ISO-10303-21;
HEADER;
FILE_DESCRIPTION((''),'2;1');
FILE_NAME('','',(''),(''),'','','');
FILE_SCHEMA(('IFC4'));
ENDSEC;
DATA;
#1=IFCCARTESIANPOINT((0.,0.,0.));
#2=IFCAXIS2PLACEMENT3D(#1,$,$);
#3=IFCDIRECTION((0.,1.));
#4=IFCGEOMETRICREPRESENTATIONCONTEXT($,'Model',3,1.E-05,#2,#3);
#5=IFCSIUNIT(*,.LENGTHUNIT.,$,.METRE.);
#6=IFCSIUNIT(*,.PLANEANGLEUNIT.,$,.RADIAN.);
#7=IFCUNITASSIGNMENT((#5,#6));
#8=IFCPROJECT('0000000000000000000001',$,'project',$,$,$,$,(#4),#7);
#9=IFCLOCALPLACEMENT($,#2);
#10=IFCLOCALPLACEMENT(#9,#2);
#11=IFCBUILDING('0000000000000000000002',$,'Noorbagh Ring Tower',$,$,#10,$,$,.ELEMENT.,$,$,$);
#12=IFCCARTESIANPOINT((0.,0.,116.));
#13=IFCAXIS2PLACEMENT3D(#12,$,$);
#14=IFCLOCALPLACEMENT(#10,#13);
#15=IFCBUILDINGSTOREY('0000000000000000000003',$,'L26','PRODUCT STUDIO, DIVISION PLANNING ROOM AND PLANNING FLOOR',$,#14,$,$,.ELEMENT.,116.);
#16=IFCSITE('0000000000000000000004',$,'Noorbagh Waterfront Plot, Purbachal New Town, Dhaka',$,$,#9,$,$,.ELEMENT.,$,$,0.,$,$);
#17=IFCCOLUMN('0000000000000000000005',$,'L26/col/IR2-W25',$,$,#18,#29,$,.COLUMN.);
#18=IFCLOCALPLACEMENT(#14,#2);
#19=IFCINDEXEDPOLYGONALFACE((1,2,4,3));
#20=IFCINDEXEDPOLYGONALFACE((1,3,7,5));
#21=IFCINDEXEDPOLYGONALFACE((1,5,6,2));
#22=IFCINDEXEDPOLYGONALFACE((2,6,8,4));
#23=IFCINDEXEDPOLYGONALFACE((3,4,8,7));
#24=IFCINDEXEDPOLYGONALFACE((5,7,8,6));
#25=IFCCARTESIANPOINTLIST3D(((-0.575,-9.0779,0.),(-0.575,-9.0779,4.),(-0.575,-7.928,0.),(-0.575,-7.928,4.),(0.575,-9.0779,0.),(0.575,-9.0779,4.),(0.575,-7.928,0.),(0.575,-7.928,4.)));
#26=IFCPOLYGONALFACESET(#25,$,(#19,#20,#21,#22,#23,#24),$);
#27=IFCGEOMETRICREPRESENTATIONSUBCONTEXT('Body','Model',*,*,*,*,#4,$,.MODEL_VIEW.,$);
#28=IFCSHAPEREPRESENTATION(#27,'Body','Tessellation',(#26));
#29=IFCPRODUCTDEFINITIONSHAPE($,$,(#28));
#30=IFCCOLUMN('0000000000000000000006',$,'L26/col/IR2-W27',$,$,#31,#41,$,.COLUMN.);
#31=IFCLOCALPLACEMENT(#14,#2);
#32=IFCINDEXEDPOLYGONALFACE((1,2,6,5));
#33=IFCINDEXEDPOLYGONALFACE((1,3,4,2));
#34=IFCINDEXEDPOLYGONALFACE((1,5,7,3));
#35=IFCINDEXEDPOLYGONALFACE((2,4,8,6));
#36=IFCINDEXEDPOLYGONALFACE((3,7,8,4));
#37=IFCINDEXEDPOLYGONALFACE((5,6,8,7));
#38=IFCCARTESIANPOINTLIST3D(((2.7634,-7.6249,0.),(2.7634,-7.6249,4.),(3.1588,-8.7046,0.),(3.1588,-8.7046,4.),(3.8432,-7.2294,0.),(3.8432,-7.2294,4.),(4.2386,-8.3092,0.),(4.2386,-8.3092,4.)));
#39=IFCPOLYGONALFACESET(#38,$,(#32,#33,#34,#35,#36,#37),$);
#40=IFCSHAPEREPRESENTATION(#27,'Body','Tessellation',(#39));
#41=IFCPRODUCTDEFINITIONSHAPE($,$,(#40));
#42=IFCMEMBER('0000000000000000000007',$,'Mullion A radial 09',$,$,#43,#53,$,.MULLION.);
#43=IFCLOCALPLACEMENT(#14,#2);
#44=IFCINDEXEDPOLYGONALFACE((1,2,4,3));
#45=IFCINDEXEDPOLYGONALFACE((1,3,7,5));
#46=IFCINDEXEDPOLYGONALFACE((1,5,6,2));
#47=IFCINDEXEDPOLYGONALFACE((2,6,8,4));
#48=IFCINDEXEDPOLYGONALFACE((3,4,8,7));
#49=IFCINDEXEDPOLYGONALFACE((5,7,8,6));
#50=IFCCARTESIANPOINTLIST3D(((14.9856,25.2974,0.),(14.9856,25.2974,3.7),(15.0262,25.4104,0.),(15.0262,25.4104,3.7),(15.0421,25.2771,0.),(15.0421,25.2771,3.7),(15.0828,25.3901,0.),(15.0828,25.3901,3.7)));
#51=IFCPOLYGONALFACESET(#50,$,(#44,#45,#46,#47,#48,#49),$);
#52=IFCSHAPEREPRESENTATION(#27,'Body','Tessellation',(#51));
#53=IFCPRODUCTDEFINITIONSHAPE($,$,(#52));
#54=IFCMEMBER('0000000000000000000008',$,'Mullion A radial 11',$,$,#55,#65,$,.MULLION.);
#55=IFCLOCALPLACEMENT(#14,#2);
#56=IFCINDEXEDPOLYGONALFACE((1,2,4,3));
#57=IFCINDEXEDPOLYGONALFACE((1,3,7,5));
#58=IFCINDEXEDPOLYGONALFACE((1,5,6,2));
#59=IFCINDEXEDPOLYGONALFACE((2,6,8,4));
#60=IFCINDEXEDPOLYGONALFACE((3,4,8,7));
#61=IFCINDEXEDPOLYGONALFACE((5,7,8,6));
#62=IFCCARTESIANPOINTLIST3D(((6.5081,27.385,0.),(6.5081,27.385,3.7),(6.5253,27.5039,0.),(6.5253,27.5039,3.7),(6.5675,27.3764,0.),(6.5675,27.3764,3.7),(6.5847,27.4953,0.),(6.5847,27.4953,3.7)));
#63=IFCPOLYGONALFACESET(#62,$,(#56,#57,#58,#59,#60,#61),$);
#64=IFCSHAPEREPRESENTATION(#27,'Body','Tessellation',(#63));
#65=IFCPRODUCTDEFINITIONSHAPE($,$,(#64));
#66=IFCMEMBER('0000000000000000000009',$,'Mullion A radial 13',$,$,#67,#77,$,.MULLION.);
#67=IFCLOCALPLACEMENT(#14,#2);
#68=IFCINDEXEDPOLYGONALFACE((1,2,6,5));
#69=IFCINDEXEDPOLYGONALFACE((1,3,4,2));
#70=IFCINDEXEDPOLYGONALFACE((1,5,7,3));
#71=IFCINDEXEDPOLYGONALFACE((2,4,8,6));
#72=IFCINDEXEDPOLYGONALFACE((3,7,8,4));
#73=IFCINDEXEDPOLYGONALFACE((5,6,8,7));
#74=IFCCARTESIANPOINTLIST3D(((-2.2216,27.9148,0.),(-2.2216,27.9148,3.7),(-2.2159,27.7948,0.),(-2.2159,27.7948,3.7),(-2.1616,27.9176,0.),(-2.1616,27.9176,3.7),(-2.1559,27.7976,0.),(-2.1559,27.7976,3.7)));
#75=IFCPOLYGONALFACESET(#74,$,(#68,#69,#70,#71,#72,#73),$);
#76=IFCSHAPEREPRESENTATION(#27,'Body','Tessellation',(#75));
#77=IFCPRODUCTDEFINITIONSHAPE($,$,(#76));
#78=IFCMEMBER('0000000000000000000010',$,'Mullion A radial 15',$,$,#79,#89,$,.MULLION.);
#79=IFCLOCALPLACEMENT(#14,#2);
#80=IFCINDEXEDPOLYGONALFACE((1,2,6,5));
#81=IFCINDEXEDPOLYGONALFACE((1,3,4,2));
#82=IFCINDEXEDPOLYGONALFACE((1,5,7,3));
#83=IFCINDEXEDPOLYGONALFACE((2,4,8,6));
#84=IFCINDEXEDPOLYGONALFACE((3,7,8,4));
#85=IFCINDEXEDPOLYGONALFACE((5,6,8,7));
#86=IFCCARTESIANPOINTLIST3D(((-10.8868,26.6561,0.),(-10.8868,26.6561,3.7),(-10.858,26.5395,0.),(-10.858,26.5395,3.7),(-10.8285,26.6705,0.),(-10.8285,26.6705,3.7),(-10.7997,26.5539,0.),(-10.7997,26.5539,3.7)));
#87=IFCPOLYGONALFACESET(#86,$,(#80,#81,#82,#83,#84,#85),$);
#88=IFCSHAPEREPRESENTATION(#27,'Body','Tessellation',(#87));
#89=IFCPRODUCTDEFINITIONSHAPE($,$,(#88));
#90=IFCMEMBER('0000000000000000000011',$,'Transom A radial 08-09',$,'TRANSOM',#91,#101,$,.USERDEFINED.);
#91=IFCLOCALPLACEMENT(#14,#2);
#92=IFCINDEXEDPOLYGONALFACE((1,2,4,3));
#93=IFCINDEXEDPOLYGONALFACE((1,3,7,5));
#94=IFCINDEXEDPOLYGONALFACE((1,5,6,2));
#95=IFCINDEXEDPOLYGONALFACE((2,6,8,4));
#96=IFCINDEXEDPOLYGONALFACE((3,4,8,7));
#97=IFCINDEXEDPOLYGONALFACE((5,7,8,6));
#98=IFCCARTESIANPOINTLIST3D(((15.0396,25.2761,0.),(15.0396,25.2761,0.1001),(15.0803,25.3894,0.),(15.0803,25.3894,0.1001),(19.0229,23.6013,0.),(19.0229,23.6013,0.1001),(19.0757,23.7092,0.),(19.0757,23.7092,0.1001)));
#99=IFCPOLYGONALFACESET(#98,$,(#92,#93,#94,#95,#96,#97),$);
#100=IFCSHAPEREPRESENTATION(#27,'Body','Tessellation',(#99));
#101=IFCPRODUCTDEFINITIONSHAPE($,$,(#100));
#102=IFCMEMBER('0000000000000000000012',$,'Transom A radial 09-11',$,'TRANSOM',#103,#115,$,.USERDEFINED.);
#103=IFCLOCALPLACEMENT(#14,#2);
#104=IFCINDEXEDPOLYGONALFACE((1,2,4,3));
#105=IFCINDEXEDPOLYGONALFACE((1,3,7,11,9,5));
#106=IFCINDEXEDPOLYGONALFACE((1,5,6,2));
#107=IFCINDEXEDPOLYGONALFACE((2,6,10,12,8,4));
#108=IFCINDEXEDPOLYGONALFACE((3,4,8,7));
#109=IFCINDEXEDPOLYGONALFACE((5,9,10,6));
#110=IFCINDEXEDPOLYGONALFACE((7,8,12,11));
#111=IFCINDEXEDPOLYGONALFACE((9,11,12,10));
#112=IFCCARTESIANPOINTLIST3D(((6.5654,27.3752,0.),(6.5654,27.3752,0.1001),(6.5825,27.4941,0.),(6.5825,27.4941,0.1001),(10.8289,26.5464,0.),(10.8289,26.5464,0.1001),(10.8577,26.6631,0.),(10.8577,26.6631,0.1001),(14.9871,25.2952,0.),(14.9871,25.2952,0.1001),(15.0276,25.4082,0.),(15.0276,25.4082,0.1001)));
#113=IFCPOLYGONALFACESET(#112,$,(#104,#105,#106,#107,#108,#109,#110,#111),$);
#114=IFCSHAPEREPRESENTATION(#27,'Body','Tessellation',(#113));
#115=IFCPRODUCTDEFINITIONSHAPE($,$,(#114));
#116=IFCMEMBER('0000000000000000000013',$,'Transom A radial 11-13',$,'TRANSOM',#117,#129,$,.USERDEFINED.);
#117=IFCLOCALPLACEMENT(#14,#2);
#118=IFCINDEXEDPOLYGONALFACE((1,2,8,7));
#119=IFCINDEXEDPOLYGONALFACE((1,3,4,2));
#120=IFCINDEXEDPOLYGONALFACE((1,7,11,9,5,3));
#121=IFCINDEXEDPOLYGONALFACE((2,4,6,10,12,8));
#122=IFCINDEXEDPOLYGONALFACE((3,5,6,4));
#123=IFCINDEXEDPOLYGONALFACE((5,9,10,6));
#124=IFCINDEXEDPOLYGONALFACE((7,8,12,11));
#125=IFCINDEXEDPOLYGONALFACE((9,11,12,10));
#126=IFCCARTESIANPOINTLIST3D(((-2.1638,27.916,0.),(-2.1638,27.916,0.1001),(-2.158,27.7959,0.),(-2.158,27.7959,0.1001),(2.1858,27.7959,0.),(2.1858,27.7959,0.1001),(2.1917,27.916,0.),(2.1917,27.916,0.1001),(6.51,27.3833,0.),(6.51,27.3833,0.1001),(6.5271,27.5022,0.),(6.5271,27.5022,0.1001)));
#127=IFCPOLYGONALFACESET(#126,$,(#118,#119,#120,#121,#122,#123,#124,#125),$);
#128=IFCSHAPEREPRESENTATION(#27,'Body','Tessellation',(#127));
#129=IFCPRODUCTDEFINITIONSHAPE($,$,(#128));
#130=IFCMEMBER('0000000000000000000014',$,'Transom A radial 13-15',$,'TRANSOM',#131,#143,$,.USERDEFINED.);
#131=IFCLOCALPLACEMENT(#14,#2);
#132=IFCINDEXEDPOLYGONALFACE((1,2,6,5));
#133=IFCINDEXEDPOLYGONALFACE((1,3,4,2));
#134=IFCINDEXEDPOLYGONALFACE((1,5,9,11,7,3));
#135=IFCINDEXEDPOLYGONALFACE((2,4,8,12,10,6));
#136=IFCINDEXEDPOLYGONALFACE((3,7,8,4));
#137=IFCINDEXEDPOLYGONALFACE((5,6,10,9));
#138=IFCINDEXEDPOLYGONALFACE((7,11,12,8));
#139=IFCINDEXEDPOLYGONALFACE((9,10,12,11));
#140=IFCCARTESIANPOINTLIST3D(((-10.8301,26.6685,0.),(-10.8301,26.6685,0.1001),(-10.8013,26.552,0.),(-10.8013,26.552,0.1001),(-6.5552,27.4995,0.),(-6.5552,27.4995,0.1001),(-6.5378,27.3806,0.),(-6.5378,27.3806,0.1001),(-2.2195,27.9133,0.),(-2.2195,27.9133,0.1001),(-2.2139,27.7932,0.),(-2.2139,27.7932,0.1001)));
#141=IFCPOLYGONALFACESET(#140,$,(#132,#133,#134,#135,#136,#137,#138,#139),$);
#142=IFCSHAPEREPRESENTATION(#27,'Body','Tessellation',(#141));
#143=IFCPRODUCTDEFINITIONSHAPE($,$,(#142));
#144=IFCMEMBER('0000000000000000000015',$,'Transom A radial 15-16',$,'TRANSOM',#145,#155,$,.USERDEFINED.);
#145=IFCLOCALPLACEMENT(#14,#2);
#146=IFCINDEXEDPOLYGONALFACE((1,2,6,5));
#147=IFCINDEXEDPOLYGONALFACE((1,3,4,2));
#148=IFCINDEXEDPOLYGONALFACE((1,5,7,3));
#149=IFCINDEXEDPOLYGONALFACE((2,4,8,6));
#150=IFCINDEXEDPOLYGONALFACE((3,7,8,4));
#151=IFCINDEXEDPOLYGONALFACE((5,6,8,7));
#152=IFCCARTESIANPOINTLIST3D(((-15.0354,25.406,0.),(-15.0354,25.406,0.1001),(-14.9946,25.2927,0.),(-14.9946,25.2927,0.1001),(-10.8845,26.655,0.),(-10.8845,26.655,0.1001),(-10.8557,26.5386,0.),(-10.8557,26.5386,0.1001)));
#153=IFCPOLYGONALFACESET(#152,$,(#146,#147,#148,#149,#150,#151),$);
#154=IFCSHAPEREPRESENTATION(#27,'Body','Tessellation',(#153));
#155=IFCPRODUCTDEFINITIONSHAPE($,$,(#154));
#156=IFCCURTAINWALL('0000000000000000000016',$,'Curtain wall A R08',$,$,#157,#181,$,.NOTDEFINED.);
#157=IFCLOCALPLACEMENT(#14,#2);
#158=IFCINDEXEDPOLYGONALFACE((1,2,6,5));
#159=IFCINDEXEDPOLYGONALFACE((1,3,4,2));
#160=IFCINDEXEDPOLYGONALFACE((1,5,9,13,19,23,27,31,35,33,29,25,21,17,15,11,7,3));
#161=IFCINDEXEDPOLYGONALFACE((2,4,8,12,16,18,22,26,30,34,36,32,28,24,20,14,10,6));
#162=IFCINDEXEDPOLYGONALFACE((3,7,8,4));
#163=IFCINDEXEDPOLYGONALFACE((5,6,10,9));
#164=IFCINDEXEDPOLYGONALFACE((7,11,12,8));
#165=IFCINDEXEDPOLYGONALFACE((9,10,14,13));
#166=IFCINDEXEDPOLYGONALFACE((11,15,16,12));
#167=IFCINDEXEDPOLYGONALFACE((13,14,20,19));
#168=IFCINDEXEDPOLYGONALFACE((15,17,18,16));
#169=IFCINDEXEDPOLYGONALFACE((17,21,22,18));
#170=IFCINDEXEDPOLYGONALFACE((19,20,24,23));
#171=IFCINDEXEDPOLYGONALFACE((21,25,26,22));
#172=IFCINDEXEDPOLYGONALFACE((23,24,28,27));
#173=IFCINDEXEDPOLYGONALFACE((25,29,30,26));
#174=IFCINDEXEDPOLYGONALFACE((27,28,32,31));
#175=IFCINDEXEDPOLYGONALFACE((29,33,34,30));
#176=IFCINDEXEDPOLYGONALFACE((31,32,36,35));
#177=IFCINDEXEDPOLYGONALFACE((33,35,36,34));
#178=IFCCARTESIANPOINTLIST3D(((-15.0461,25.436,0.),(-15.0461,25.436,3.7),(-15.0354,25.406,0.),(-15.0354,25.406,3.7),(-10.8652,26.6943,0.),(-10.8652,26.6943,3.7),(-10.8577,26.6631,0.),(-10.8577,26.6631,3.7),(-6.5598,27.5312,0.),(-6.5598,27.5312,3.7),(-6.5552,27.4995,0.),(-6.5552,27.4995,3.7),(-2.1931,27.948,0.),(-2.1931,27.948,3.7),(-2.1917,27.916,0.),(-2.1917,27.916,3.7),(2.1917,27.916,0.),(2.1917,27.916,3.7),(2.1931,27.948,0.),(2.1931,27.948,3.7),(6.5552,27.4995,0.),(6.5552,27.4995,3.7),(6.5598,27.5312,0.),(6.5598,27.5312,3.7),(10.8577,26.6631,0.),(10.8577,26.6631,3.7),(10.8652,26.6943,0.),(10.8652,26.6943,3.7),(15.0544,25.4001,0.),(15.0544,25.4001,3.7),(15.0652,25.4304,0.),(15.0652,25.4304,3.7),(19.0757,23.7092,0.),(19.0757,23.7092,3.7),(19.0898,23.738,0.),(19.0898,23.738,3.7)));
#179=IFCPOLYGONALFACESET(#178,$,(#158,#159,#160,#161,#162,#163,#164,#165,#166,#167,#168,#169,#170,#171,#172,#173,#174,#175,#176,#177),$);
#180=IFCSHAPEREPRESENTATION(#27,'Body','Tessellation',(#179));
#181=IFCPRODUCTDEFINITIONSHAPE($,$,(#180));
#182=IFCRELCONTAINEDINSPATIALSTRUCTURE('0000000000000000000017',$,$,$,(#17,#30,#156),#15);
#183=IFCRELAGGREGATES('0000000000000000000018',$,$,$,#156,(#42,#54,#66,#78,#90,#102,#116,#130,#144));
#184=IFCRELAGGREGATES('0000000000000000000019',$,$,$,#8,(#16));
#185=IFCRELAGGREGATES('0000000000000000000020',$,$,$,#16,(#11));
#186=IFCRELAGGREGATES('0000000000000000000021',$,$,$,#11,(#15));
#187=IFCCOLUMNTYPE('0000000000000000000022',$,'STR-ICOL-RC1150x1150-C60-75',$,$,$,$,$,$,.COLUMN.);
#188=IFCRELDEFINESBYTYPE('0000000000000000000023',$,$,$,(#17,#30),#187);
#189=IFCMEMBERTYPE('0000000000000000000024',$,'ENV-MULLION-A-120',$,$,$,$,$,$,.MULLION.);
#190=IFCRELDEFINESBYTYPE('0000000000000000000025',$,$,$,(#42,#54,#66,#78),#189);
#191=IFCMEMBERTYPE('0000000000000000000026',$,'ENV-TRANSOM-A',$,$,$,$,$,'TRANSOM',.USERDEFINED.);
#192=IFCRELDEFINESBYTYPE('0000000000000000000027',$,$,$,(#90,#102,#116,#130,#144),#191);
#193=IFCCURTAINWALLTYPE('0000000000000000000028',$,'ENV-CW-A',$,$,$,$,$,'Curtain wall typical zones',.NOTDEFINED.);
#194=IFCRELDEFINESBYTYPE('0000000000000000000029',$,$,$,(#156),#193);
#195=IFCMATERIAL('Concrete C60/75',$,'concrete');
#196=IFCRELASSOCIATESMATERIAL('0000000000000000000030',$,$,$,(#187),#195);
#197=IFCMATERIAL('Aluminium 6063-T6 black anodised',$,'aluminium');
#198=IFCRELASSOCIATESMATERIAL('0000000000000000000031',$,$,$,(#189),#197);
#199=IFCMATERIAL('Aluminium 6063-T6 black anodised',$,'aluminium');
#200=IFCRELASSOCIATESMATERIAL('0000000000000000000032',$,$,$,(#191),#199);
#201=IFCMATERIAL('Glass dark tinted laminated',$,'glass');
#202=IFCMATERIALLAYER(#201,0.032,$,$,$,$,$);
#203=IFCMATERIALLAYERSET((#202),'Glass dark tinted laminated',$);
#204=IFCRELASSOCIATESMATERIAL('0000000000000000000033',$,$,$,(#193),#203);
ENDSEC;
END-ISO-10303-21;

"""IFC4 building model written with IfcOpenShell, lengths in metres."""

from ifc_helpers import new_model, si_unit, direction, frame, origin, origin_2d, place, context, subcontext, project, spatial, polyline, rectangle, outline, extrude, material, layer, layer_set, material_profile, profile_set, type_object, element, aggregate, save


model = new_model("IFC4")

# Units and contexts
model_context = context("Model", 3, precision=1e-05, world=origin(), true_north=direction((0.0, 1.0)))
body_context = subcontext(model_context, "Body", "Model", "MODEL_VIEW")
ifc_project = project(units=[si_unit("LENGTHUNIT", "METRE"), si_unit("PLANEANGLEUNIT", "RADIAN")], contexts=[model_context])

# Site, building, storey
site_placement = place(None, origin())
site = spatial("IfcSite", under=ifc_project, at=site_placement, Name="Noorbagh Waterfront Plot, Purbachal New Town, Dhaka", CompositionType="ELEMENT", RefElevation=0.0)
building_placement = place(site_placement, origin())
building = spatial("IfcBuilding", under=site, at=building_placement, Name="Noorbagh Ring Tower", CompositionType="ELEMENT")
storey_placement = place(building_placement, frame((0.0, 0.0, 116.0)))
storey = spatial("IfcBuildingStorey", under=building, at=storey_placement, Name="L26", Description="PRODUCT STUDIO, DIVISION PLANNING ROOM AND PLANNING FLOOR", CompositionType="ELEMENT", Elevation=116.0)

# Columns
ifc_material_1 = material(Name="Concrete C60/75", Category="concrete")
ifc_material_profile_1 = material_profile(ifc_material_1, rectangle(XDim=1.1499, YDim=1.1499, at=origin_2d()), Name="RC1150x1150")
ifc_profile_set_1 = profile_set([ifc_material_profile_1], Name="Concrete C60/75")
column_type = type_object("IfcColumnType", Name="STR-ICOL-RC1150x1150-C60-75", PredefinedType="COLUMN", material=ifc_profile_set_1)
for number, where, z_axis, x_axis, name in (
    (1, (0.0, -8.5029, 0.0), (0.0, 0.0, 1.0), (1.0, 0.0, 0.0), "L26/col/IR2-W25"),
    (2, (3.501, -7.967, 0.0), (0.0, 0.0, 1.0), (0.93902, 0.343864, 0.0), "L26/col/IR2-W27"),
):
    element("IfcColumn", number, at=place(storey_placement, frame(where, z_axis=z_axis, x_axis=x_axis)), inside=storey, type_object=column_type, Name=name, PredefinedType="COLUMN", context=body_context, shape_type="SweptSolid", body=[
        extrude(rectangle(XDim=1.1499, YDim=1.1499, at=origin_2d()), origin(), (0.0, 0.0, 1.0), 4.0),
    ])

# Members
ifc_material_2 = material(Name="Aluminium 6063-T6 black anodised", Category="aluminium")
ifc_material_profile_2 = material_profile(ifc_material_2, rectangle(XDim=0.1201, YDim=0.0601, at=origin_2d()), Name="120x60")
ifc_profile_set_2 = profile_set([ifc_material_profile_2], Name="Aluminium 6063-T6 black anodised")
member_type_1 = type_object("IfcMemberType", Name="ENV-MULLION-A-120", PredefinedType="MULLION", material=ifc_profile_set_2)
member_1_placement = place(storey_placement, frame((15.0342, 25.3438, 0.0), z_axis=(0.0, 0.0, 1.0), x_axis=(-0.338379, -0.94101, 0.0)))
member_1 = element("IfcMember", 3, at=member_1_placement, type_object=member_type_1, Name="Mullion A radial 09", PredefinedType="MULLION", context=body_context, shape_type="SweptSolid", body=[
    extrude(rectangle(XDim=0.1201, YDim=0.0601, at=origin_2d()), origin(), (0.0, 0.0, 1.0), 3.7),
])
member_2_placement = place(storey_placement, frame((6.5464, 27.4402, 0.0), z_axis=(0.0, 0.0, 1.0), x_axis=(-0.143082, -0.989711, 0.0)))
member_2 = element("IfcMember", 4, at=member_2_placement, type_object=member_type_1, Name="Mullion A radial 11", PredefinedType="MULLION", context=body_context, shape_type="SweptSolid", body=[
    extrude(rectangle(XDim=0.1201, YDim=0.0601, at=origin_2d()), origin(), (0.0, 0.0, 1.0), 3.7),
])
member_3_placement = place(storey_placement, frame((-2.1887, 27.8562, 0.0), z_axis=(0.0, 0.0, 1.0), x_axis=(0.047558, -0.998868, 0.0)))
member_3 = element("IfcMember", 5, at=member_3_placement, type_object=member_type_1, Name="Mullion A radial 13", PredefinedType="MULLION", context=body_context, shape_type="SweptSolid", body=[
    extrude(rectangle(XDim=0.1201, YDim=0.0601, at=origin_2d()), origin(), (0.0, 0.0, 1.0), 3.7),
])
member_4_placement = place(storey_placement, frame((-10.8433, 26.605, 0.0), z_axis=(0.0, 0.0, 1.0), x_axis=(0.239799, -0.970823, 0.0)))
member_4 = element("IfcMember", 6, at=member_4_placement, type_object=member_type_1, Name="Mullion A radial 15", PredefinedType="MULLION", context=body_context, shape_type="SweptSolid", body=[
    extrude(rectangle(XDim=0.1201, YDim=0.0601, at=origin_2d()), origin(), (0.0, 0.0, 1.0), 3.7),
])
ifc_material_3 = material(Name="Aluminium 6063-T6 black anodised", Category="aluminium")
member_type_2 = type_object("IfcMemberType", Name="ENV-TRANSOM-A", ElementType="TRANSOM", PredefinedType="USERDEFINED", material=ifc_material_3)
member_5_placement = place(storey_placement, origin())
member_5 = element("IfcMember", 7, at=member_5_placement, type_object=member_type_2, Name="Transom A radial 08-09", ObjectType="TRANSOM", PredefinedType="USERDEFINED", context=body_context, shape_type="SweptSolid", body=[
    extrude(outline(polyline([(19.0757, 23.7092), (15.0803, 25.3894), (15.0396, 25.2761), (19.0229, 23.6013), (19.0757, 23.7092)])), origin(), (0.0, 0.0, 1.0), 0.1001),
])
member_6_placement = place(storey_placement, origin())
member_6 = element("IfcMember", 8, at=member_6_placement, type_object=member_type_2, Name="Transom A radial 09-11", ObjectType="TRANSOM", PredefinedType="USERDEFINED", context=body_context, shape_type="SweptSolid", body=[
    extrude(outline(polyline([(15.0276, 25.4082), (10.8577, 26.6631), (6.5825, 27.4941), (6.5654, 27.3752), (10.8289, 26.5464), (14.9871, 25.2952), (15.0276, 25.4082)])), origin(), (0.0, 0.0, 1.0), 0.1001),
])
member_7_placement = place(storey_placement, origin())
member_7 = element("IfcMember", 9, at=member_7_placement, type_object=member_type_2, Name="Transom A radial 11-13", ObjectType="TRANSOM", PredefinedType="USERDEFINED", context=body_context, shape_type="SweptSolid", body=[
    extrude(outline(polyline([(6.5271, 27.5022), (2.1917, 27.916), (-2.1638, 27.916), (-2.158, 27.7959), (2.1858, 27.7959), (6.51, 27.3833), (6.5271, 27.5022)])), origin(), (0.0, 0.0, 1.0), 0.1001),
])
member_8_placement = place(storey_placement, origin())
member_8 = element("IfcMember", 10, at=member_8_placement, type_object=member_type_2, Name="Transom A radial 13-15", ObjectType="TRANSOM", PredefinedType="USERDEFINED", context=body_context, shape_type="SweptSolid", body=[
    extrude(outline(polyline([(-2.2195, 27.9133), (-6.5552, 27.4995), (-10.8301, 26.6685), (-10.8013, 26.552), (-6.5378, 27.3806), (-2.2139, 27.7932), (-2.2195, 27.9133)])), origin(), (0.0, 0.0, 1.0), 0.1001),
])
member_9_placement = place(storey_placement, origin())
member_9 = element("IfcMember", 11, at=member_9_placement, type_object=member_type_2, Name="Transom A radial 15-16", ObjectType="TRANSOM", PredefinedType="USERDEFINED", context=body_context, shape_type="SweptSolid", body=[
    extrude(outline(polyline([(-10.8845, 26.655), (-15.0354, 25.406), (-14.9946, 25.2927), (-10.8557, 26.5386), (-10.8845, 26.655)])), origin(), (0.0, 0.0, 1.0), 0.1001),
])

# Curtain wall
ifc_material_4 = material(Name="Glass dark tinted laminated", Category="glass")
ifc_layer_1 = layer(ifc_material_4, 0.032)
ifc_layer_set_1 = layer_set([ifc_layer_1], Name="Glass dark tinted laminated")
curtain_wall_type = type_object("IfcCurtainWallType", Name="ENV-CW-A", ElementType="Curtain wall typical zones", PredefinedType="NOTDEFINED", material=ifc_layer_set_1)
curtain_wall_1_placement = place(storey_placement, origin())
curtain_wall_1 = element("IfcCurtainWall", 12, at=curtain_wall_1_placement, inside=storey, type_object=curtain_wall_type, Name="Curtain wall A R08", PredefinedType="NOTDEFINED", context=body_context, shape_type="SweptSolid", body=[
    extrude(outline(polyline([(19.0898, 23.738), (15.0652, 25.4304), (10.8652, 26.6943), (6.5598, 27.5312), (2.1931, 27.948), (-2.1931, 27.948), (-6.5598, 27.5312), (-10.8652, 26.6943), (-15.0461, 25.436), (-15.0354, 25.406), (-10.8577, 26.6631), (-6.5552, 27.4995), (-2.1917, 27.916), (2.1917, 27.916), (6.5552, 27.4995), (10.8577, 26.6631), (15.0544, 25.4001), (19.0757, 23.7092), (19.0898, 23.738)])), origin(), (0.0, 0.0, 1.0), 3.7),
])
aggregate(curtain_wall_1, [member_1, member_2, member_3, member_4, member_5, member_6, member_7, member_8, member_9])

save(model, "model.ifc")
